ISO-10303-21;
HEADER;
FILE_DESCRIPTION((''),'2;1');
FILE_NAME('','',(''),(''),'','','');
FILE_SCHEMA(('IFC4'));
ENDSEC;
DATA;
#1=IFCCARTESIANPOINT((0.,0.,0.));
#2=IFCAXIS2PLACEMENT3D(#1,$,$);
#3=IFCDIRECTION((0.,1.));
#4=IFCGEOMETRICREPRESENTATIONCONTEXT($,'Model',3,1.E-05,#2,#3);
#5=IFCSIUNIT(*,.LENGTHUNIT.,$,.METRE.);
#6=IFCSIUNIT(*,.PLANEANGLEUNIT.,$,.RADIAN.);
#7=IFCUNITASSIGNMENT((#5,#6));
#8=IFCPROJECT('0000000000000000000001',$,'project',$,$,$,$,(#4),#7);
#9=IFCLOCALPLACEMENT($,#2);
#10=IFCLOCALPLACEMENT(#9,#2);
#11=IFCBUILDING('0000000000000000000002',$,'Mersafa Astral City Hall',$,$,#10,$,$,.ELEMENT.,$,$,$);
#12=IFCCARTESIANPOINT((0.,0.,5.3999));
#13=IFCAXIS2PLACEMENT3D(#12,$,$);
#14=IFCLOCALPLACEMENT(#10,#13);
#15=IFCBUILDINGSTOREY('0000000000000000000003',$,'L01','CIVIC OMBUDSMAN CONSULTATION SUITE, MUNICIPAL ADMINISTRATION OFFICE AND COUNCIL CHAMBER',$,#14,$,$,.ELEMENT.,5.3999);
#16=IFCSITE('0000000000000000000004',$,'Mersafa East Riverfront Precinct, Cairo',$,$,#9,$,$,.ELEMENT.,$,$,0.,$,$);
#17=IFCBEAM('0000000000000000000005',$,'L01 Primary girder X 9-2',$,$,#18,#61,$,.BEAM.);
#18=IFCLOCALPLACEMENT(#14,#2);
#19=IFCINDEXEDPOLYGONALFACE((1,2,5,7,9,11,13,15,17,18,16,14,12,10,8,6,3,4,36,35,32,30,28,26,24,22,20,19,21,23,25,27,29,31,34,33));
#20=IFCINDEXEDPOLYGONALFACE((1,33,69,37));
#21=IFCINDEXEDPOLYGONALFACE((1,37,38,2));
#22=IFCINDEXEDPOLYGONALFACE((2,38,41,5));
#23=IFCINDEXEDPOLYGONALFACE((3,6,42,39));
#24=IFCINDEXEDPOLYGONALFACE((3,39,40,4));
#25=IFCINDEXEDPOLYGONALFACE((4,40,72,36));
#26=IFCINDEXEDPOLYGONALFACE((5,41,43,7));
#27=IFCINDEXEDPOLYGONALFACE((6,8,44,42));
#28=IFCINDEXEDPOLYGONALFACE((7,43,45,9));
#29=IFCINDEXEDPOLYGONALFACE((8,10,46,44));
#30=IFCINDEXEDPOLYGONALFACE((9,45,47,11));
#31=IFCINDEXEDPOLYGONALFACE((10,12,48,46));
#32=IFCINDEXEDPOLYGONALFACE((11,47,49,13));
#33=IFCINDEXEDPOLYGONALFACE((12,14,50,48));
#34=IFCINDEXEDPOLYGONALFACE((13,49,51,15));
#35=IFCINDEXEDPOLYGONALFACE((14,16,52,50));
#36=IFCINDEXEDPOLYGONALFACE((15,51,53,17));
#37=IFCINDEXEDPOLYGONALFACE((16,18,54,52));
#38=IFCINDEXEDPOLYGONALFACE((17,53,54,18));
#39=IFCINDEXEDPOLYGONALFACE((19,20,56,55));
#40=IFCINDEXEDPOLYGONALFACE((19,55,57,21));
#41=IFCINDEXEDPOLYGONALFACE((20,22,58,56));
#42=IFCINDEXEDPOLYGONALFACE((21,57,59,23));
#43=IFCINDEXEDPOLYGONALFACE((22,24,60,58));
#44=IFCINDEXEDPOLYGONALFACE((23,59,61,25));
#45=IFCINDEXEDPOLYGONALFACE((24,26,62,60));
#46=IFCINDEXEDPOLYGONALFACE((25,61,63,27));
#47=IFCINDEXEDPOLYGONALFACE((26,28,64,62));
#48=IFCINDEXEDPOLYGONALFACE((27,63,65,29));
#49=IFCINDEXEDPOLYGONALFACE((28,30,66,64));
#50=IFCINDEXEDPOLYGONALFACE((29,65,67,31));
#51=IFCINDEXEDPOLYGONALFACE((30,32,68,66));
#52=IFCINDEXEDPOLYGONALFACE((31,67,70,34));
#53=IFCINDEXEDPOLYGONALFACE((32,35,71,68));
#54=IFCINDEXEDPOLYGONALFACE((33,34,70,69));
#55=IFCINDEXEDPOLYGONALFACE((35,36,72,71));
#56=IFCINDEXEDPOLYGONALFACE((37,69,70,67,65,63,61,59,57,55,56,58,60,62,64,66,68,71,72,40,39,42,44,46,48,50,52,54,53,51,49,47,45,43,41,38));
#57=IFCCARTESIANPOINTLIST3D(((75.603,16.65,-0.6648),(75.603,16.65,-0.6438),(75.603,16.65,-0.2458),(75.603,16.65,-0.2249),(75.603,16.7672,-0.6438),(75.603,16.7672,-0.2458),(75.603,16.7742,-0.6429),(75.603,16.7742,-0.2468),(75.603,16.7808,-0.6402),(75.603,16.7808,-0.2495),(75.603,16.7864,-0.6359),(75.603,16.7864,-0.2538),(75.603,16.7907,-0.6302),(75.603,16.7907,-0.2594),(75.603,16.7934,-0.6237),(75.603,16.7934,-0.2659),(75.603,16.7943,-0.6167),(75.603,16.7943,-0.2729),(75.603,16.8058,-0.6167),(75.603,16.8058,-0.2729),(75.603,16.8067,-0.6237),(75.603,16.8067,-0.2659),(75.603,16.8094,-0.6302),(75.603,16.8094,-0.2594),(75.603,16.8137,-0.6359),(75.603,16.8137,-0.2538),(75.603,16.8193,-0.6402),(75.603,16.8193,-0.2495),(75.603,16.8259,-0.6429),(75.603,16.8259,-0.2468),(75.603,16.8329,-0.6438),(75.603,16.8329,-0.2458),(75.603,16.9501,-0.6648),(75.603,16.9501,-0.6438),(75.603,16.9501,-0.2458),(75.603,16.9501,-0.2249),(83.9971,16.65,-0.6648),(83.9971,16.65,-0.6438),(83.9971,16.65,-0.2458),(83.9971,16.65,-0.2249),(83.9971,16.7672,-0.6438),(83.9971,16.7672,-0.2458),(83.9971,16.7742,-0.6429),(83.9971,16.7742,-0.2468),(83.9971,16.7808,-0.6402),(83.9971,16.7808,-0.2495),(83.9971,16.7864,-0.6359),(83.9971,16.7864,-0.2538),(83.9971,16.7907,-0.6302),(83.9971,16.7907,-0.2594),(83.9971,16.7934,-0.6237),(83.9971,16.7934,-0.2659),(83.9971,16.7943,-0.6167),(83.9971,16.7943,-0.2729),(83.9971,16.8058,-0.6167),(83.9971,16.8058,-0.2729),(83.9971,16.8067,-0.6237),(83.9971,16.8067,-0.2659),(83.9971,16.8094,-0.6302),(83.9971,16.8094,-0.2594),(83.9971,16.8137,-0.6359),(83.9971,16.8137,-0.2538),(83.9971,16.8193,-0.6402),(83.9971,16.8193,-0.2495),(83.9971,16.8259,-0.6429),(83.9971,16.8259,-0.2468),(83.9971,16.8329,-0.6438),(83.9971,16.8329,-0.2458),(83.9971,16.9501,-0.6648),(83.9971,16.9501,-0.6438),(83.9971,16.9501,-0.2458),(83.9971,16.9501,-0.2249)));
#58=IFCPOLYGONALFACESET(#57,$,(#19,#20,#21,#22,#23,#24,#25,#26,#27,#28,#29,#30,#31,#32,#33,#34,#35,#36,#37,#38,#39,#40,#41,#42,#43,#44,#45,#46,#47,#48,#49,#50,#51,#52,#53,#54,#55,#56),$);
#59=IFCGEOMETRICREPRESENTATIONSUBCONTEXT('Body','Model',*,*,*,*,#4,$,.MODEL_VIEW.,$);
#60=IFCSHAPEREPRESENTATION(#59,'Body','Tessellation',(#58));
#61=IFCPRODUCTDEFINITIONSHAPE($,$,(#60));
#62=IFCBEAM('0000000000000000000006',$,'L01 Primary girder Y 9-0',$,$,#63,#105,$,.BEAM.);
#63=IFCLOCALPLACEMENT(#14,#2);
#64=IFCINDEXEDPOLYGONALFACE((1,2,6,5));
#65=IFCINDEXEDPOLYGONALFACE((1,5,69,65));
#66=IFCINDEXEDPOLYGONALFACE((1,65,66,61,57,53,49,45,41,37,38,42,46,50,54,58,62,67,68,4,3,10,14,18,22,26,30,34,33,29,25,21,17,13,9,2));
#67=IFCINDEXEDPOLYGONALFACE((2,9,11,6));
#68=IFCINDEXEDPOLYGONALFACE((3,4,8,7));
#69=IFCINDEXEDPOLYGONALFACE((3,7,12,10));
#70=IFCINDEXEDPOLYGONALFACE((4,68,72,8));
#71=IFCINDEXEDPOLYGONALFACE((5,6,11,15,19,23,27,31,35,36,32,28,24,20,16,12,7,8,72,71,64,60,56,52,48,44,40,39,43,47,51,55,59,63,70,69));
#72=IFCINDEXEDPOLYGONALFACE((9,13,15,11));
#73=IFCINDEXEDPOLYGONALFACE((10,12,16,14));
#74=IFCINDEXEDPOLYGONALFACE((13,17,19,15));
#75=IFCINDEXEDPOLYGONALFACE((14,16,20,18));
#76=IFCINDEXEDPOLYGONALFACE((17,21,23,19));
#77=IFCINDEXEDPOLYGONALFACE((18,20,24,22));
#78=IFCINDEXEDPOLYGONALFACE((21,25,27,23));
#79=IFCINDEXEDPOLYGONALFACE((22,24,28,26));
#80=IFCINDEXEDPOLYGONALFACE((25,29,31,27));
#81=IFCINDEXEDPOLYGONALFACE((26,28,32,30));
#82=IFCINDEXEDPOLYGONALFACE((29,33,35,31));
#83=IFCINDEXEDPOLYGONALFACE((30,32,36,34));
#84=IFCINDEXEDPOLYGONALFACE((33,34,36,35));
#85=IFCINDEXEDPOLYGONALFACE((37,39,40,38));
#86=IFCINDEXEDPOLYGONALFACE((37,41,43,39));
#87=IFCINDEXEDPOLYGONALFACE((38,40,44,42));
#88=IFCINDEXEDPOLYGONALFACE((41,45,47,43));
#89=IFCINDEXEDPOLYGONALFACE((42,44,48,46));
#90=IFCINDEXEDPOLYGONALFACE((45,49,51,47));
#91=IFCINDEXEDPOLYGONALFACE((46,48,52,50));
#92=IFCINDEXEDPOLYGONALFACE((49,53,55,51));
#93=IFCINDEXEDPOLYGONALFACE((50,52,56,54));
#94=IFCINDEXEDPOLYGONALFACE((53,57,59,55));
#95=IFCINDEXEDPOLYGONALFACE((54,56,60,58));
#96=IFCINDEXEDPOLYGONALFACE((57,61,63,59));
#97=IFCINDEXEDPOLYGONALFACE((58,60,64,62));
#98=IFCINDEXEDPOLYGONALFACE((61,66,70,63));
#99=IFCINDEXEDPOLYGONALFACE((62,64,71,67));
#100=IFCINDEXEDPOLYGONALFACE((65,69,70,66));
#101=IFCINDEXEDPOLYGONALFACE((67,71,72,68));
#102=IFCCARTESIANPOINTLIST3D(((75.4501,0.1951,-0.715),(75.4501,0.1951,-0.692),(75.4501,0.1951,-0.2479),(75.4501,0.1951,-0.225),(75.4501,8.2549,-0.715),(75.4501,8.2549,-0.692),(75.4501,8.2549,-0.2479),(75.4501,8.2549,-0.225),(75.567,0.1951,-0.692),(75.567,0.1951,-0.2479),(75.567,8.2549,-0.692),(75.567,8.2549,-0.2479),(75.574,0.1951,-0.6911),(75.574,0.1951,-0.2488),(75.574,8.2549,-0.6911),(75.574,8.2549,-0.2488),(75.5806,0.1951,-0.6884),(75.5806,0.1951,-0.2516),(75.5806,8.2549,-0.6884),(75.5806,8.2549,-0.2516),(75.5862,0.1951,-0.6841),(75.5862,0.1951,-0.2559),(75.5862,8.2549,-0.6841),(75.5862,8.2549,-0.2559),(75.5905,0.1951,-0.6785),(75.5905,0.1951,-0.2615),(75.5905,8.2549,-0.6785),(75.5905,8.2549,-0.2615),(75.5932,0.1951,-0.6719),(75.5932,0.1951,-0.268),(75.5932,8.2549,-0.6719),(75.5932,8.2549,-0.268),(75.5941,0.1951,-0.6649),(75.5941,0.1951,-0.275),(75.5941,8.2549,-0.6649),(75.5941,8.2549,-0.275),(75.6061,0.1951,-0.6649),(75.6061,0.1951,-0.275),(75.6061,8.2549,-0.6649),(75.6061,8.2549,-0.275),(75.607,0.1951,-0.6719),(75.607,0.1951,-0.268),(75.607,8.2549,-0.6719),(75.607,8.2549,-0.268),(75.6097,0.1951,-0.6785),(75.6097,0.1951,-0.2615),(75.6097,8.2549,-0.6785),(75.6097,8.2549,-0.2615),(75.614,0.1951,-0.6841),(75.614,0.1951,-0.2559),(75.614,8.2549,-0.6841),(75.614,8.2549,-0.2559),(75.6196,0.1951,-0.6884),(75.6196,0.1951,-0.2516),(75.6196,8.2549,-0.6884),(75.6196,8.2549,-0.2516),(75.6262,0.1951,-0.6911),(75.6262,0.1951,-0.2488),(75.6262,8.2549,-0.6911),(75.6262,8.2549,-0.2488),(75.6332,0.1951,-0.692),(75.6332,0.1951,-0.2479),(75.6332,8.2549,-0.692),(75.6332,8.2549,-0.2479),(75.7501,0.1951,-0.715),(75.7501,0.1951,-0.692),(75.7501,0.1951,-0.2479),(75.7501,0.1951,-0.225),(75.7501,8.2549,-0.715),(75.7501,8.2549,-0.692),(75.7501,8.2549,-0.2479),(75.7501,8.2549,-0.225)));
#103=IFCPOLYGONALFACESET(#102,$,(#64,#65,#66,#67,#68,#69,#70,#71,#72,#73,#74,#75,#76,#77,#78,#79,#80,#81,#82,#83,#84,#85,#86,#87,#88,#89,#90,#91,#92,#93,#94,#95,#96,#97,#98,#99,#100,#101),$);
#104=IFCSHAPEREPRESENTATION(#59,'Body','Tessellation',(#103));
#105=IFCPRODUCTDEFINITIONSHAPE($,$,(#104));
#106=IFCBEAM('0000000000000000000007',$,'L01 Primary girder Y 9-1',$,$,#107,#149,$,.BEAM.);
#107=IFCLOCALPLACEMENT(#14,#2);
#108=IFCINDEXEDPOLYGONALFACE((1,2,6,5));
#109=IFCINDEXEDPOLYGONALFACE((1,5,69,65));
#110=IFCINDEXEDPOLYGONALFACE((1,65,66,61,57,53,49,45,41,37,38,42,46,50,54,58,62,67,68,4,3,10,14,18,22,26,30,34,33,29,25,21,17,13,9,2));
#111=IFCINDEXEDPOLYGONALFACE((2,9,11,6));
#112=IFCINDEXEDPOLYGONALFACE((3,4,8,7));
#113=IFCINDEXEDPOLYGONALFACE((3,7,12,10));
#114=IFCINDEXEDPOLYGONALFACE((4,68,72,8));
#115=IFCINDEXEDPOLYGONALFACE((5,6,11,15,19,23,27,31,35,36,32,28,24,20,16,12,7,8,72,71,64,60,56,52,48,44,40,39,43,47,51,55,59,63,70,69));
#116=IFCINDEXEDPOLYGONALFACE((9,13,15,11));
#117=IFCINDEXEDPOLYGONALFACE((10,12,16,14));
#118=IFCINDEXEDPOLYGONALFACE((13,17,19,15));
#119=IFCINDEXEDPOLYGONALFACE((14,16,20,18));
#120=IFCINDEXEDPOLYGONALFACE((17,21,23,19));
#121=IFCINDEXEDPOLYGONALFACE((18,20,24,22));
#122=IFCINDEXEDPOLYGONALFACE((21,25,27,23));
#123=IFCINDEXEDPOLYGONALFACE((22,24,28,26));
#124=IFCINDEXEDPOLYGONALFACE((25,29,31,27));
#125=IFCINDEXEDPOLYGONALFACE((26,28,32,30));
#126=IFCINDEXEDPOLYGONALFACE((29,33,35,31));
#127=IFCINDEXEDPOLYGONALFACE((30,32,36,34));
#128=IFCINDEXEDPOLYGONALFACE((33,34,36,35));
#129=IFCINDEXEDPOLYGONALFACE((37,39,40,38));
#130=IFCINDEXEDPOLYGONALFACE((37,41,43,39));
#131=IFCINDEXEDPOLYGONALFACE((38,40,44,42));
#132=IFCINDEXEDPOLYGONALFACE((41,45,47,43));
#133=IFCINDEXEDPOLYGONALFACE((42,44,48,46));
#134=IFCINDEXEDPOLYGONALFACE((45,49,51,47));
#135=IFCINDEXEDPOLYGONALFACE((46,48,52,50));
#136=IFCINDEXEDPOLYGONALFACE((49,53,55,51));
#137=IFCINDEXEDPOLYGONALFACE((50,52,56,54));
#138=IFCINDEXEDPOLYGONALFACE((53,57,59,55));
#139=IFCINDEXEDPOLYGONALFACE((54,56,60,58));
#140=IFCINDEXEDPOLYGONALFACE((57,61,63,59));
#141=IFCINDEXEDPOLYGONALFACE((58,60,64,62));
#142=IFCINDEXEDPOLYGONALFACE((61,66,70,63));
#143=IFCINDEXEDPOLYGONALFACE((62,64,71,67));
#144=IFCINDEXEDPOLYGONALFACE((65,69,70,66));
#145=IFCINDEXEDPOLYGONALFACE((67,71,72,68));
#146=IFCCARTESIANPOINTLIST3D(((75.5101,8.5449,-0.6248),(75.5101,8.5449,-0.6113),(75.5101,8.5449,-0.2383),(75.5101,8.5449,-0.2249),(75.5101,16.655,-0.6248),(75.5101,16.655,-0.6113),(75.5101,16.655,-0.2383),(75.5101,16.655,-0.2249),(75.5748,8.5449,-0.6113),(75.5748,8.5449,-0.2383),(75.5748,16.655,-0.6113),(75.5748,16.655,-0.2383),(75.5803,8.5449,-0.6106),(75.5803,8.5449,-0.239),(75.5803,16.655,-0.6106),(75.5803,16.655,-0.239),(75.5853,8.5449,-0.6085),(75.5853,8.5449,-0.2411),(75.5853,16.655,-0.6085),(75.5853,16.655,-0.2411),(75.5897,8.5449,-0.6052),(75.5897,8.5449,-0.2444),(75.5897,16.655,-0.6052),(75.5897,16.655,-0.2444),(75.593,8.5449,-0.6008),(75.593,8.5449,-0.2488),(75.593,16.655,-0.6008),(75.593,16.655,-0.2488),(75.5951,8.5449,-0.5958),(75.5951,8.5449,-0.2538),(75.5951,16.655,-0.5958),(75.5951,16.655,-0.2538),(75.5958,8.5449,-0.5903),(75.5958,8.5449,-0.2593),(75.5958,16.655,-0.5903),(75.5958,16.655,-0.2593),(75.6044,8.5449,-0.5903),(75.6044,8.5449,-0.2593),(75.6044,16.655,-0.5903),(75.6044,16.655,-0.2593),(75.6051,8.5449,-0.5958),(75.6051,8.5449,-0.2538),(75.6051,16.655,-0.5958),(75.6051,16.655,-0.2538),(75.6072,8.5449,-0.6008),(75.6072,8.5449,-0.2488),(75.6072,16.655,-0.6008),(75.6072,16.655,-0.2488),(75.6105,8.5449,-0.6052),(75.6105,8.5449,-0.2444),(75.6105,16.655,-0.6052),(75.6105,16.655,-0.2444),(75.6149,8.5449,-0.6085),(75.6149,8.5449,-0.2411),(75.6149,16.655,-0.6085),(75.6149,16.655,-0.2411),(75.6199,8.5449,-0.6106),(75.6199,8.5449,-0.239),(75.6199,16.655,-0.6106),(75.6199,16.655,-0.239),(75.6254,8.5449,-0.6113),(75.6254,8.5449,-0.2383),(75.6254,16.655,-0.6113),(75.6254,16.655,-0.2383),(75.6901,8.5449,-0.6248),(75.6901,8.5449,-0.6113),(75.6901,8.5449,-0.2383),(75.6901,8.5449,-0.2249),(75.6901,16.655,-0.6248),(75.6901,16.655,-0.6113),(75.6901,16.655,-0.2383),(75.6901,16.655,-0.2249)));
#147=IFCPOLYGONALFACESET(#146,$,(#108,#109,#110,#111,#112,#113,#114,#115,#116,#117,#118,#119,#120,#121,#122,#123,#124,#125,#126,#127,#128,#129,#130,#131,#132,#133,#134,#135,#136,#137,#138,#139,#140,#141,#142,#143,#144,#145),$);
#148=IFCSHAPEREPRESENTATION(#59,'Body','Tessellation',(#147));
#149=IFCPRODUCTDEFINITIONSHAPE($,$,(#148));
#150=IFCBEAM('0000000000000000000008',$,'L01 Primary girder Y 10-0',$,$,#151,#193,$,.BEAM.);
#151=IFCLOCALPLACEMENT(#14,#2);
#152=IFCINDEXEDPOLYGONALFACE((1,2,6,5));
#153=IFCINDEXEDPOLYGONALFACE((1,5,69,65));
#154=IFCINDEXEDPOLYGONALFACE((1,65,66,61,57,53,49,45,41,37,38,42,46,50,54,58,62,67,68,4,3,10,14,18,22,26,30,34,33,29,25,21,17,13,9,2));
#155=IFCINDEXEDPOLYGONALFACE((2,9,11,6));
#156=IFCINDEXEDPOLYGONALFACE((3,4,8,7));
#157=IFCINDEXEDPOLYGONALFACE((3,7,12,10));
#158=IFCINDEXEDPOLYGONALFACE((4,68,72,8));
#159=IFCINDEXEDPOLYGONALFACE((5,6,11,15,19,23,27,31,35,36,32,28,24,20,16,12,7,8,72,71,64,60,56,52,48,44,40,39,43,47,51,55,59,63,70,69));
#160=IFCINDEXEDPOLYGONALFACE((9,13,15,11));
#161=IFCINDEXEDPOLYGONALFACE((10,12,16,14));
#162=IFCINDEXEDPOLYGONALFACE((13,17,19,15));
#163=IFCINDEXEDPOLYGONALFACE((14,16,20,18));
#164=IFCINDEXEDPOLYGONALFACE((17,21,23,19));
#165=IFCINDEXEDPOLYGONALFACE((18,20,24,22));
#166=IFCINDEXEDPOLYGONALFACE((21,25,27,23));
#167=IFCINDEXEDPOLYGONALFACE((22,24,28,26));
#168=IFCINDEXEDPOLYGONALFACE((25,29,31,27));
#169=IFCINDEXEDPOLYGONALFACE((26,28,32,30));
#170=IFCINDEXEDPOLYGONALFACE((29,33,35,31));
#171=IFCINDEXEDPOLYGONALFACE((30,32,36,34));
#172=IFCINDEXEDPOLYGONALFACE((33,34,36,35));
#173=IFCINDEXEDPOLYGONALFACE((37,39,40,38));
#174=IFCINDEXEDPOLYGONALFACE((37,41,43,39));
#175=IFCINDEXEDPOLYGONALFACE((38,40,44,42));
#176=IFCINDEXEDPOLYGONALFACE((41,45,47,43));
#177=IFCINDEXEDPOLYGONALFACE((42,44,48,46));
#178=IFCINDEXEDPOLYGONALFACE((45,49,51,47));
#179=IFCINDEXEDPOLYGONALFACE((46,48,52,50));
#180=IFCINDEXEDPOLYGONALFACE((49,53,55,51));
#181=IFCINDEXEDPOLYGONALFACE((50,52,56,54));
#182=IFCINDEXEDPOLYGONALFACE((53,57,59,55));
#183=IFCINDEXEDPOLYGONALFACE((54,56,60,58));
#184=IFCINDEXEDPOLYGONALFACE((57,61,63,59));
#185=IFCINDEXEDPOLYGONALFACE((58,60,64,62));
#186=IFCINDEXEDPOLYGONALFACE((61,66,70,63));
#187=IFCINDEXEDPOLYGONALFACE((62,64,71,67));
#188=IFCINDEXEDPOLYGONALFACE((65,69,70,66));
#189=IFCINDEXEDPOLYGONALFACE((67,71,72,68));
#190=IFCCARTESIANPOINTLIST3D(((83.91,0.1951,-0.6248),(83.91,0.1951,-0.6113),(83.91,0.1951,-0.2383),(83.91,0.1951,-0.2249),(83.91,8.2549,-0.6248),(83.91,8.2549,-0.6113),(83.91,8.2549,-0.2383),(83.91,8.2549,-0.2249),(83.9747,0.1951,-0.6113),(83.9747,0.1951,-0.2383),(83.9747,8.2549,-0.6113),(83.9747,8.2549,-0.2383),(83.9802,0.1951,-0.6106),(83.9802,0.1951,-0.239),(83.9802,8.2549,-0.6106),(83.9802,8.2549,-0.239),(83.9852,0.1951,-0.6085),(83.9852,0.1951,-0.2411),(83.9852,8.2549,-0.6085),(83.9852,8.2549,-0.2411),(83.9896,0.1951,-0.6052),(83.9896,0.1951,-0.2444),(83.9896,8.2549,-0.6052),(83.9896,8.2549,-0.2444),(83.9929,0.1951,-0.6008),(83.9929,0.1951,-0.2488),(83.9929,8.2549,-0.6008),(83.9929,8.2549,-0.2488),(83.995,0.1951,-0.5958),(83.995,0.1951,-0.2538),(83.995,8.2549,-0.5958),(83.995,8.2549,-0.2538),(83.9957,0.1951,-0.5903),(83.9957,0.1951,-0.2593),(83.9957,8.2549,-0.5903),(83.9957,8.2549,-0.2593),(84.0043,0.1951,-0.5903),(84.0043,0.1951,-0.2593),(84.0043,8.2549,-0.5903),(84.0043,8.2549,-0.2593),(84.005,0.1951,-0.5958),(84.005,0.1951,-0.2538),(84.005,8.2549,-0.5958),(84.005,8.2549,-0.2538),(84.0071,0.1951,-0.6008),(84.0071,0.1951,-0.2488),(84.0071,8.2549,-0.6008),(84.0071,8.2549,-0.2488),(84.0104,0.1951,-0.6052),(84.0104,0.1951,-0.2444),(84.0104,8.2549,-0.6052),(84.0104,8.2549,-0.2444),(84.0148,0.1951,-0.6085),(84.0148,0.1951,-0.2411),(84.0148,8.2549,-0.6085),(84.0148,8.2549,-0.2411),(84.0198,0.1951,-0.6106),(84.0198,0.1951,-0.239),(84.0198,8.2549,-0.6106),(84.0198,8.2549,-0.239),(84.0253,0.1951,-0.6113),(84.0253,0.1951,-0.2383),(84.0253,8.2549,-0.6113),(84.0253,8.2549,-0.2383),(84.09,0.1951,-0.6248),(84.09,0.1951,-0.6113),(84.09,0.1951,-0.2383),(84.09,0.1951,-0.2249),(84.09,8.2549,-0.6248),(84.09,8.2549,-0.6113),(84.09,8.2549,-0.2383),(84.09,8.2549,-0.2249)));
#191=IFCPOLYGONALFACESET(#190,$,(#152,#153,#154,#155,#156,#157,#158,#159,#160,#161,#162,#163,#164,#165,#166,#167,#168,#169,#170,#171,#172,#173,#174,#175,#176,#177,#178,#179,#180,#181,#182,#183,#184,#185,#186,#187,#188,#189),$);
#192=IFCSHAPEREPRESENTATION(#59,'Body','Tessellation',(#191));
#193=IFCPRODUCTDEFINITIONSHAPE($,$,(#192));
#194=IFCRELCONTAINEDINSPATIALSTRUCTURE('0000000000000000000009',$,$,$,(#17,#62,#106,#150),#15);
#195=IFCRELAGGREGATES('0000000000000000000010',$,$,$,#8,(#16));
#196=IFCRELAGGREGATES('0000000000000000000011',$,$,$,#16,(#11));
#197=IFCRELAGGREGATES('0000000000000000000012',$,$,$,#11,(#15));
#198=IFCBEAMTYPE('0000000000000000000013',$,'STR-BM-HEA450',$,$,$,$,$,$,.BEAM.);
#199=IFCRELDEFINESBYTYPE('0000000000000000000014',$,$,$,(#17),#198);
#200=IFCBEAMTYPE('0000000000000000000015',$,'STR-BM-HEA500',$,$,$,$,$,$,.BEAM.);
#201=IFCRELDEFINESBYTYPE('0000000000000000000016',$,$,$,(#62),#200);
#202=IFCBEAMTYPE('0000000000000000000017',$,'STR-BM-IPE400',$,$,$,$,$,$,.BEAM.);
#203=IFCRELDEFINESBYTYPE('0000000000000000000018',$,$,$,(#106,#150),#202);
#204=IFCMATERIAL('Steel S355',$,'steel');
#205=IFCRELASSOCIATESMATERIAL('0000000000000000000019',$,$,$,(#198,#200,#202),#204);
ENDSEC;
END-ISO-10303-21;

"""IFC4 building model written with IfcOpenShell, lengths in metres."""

from ifc_helpers import new_model, si_unit, direction, frame, origin, origin_2d, place, context, subcontext, project, spatial, i_section, extrude, material, material_profile, profile_set, type_object, element, save


model = new_model("IFC4")

# Units and contexts
model_context = context("Model", 3, precision=1e-05, world=origin(), true_north=direction((0.0, 1.0)))
body_context = subcontext(model_context, "Body", "Model", "MODEL_VIEW")
ifc_project = project(units=[si_unit("LENGTHUNIT", "METRE"), si_unit("PLANEANGLEUNIT", "RADIAN")], contexts=[model_context])

# Site, building, storey
site_placement = place(None, origin())
site = spatial("IfcSite", under=ifc_project, at=site_placement, Name="Mersafa East Riverfront Precinct, Cairo", CompositionType="ELEMENT", RefElevation=0.0)
building_placement = place(site_placement, origin())
building = spatial("IfcBuilding", under=site, at=building_placement, Name="Mersafa Astral City Hall", CompositionType="ELEMENT")
storey_placement = place(building_placement, frame((0.0, 0.0, 5.3999)))
storey = spatial("IfcBuildingStorey", under=building, at=storey_placement, Name="L01", Description="CIVIC OMBUDSMAN CONSULTATION SUITE, MUNICIPAL ADMINISTRATION OFFICE AND COUNCIL CHAMBER", CompositionType="ELEMENT", Elevation=5.3999)

# Shared definitions
ifc_material_1 = material(Name="Steel S355", Category="steel")

# Beams
ifc_material_profile_1 = material_profile(ifc_material_1, i_section(OverallWidth=0.3, OverallDepth=0.4399, WebThickness=0.0115, FlangeThickness=0.021, FilletRadius=0.0271, at=origin_2d()), Name="HEA 450")
ifc_profile_set_1 = profile_set([ifc_material_profile_1], Name="Steel S355")
beam_type_1 = type_object("IfcBeamType", Name="STR-BM-HEA450", PredefinedType="BEAM", material=ifc_profile_set_1)
for number, where, z_axis, x_axis, name in (
    (1, (75.603, 16.8, -0.4448), (1.0, 0.0, 0.0), (0.0, 1.0, 0.0), "L01 Primary girder X 9-2"),
):
    element("IfcBeam", number, at=place(storey_placement, frame(where, z_axis=z_axis, x_axis=x_axis)), inside=storey, type_object=beam_type_1, Name=name, PredefinedType="BEAM", context=body_context, shape_type="SweptSolid", body=[
        extrude(i_section(OverallWidth=0.3, OverallDepth=0.4399, WebThickness=0.0115, FlangeThickness=0.021, FilletRadius=0.0271, at=origin_2d()), origin(), (0.0, 0.0, 1.0), 8.394),
    ])
ifc_material_profile_2 = material_profile(ifc_material_1, i_section(OverallWidth=0.3, OverallDepth=0.49, WebThickness=0.012, FlangeThickness=0.0229, FilletRadius=0.0271, at=origin_2d()), Name="HEA 500")
ifc_profile_set_2 = profile_set([ifc_material_profile_2], Name="Steel S355")
beam_type_2 = type_object("IfcBeamType", Name="STR-BM-HEA500", PredefinedType="BEAM", material=ifc_profile_set_2)
beam_1_placement = place(storey_placement, frame((75.6001, 0.1951, -0.47), z_axis=(0.0, 1.0, 0.0), x_axis=(-1.0, 0.0, 0.0)))
element("IfcBeam", 2, at=beam_1_placement, inside=storey, type_object=beam_type_2, Name="L01 Primary girder Y 9-0", PredefinedType="BEAM", context=body_context, shape_type="SweptSolid", body=[
    extrude(i_section(OverallWidth=0.3, OverallDepth=0.49, WebThickness=0.012, FlangeThickness=0.0229, FilletRadius=0.0271, at=origin_2d()), origin(), (0.0, 0.0, 1.0), 8.0598),
])
ifc_material_profile_3 = material_profile(ifc_material_1, i_section(OverallWidth=0.1799, OverallDepth=0.3999, WebThickness=0.0085, FlangeThickness=0.0134, FilletRadius=0.021, at=origin_2d()), Name="IPE 400")
ifc_profile_set_3 = profile_set([ifc_material_profile_3], Name="Steel S355")
beam_type_3 = type_object("IfcBeamType", Name="STR-BM-IPE400", PredefinedType="BEAM", material=ifc_profile_set_3)
beam_2_placement = place(storey_placement, frame((75.6001, 8.5449, -0.4248), z_axis=(0.0, 1.0, 0.0), x_axis=(-1.0, 0.0, 0.0)))
element("IfcBeam", 3, at=beam_2_placement, inside=storey, type_object=beam_type_3, Name="L01 Primary girder Y 9-1", PredefinedType="BEAM", context=body_context, shape_type="SweptSolid", body=[
    extrude(i_section(OverallWidth=0.1799, OverallDepth=0.3999, WebThickness=0.0085, FlangeThickness=0.0134, FilletRadius=0.021, at=origin_2d()), origin(), (0.0, 0.0, 1.0), 8.1101),
])
beam_3_placement = place(storey_placement, frame((84.0, 0.1951, -0.4248), z_axis=(0.0, 1.0, 0.0), x_axis=(-1.0, 0.0, 0.0)))
element("IfcBeam", 4, at=beam_3_placement, inside=storey, type_object=beam_type_3, Name="L01 Primary girder Y 10-0", PredefinedType="BEAM", context=body_context, shape_type="SweptSolid", body=[
    extrude(i_section(OverallWidth=0.1799, OverallDepth=0.3999, WebThickness=0.0085, FlangeThickness=0.0134, FilletRadius=0.021, at=origin_2d()), origin(), (0.0, 0.0, 1.0), 8.0598),
])

save(model, "model.ifc")
